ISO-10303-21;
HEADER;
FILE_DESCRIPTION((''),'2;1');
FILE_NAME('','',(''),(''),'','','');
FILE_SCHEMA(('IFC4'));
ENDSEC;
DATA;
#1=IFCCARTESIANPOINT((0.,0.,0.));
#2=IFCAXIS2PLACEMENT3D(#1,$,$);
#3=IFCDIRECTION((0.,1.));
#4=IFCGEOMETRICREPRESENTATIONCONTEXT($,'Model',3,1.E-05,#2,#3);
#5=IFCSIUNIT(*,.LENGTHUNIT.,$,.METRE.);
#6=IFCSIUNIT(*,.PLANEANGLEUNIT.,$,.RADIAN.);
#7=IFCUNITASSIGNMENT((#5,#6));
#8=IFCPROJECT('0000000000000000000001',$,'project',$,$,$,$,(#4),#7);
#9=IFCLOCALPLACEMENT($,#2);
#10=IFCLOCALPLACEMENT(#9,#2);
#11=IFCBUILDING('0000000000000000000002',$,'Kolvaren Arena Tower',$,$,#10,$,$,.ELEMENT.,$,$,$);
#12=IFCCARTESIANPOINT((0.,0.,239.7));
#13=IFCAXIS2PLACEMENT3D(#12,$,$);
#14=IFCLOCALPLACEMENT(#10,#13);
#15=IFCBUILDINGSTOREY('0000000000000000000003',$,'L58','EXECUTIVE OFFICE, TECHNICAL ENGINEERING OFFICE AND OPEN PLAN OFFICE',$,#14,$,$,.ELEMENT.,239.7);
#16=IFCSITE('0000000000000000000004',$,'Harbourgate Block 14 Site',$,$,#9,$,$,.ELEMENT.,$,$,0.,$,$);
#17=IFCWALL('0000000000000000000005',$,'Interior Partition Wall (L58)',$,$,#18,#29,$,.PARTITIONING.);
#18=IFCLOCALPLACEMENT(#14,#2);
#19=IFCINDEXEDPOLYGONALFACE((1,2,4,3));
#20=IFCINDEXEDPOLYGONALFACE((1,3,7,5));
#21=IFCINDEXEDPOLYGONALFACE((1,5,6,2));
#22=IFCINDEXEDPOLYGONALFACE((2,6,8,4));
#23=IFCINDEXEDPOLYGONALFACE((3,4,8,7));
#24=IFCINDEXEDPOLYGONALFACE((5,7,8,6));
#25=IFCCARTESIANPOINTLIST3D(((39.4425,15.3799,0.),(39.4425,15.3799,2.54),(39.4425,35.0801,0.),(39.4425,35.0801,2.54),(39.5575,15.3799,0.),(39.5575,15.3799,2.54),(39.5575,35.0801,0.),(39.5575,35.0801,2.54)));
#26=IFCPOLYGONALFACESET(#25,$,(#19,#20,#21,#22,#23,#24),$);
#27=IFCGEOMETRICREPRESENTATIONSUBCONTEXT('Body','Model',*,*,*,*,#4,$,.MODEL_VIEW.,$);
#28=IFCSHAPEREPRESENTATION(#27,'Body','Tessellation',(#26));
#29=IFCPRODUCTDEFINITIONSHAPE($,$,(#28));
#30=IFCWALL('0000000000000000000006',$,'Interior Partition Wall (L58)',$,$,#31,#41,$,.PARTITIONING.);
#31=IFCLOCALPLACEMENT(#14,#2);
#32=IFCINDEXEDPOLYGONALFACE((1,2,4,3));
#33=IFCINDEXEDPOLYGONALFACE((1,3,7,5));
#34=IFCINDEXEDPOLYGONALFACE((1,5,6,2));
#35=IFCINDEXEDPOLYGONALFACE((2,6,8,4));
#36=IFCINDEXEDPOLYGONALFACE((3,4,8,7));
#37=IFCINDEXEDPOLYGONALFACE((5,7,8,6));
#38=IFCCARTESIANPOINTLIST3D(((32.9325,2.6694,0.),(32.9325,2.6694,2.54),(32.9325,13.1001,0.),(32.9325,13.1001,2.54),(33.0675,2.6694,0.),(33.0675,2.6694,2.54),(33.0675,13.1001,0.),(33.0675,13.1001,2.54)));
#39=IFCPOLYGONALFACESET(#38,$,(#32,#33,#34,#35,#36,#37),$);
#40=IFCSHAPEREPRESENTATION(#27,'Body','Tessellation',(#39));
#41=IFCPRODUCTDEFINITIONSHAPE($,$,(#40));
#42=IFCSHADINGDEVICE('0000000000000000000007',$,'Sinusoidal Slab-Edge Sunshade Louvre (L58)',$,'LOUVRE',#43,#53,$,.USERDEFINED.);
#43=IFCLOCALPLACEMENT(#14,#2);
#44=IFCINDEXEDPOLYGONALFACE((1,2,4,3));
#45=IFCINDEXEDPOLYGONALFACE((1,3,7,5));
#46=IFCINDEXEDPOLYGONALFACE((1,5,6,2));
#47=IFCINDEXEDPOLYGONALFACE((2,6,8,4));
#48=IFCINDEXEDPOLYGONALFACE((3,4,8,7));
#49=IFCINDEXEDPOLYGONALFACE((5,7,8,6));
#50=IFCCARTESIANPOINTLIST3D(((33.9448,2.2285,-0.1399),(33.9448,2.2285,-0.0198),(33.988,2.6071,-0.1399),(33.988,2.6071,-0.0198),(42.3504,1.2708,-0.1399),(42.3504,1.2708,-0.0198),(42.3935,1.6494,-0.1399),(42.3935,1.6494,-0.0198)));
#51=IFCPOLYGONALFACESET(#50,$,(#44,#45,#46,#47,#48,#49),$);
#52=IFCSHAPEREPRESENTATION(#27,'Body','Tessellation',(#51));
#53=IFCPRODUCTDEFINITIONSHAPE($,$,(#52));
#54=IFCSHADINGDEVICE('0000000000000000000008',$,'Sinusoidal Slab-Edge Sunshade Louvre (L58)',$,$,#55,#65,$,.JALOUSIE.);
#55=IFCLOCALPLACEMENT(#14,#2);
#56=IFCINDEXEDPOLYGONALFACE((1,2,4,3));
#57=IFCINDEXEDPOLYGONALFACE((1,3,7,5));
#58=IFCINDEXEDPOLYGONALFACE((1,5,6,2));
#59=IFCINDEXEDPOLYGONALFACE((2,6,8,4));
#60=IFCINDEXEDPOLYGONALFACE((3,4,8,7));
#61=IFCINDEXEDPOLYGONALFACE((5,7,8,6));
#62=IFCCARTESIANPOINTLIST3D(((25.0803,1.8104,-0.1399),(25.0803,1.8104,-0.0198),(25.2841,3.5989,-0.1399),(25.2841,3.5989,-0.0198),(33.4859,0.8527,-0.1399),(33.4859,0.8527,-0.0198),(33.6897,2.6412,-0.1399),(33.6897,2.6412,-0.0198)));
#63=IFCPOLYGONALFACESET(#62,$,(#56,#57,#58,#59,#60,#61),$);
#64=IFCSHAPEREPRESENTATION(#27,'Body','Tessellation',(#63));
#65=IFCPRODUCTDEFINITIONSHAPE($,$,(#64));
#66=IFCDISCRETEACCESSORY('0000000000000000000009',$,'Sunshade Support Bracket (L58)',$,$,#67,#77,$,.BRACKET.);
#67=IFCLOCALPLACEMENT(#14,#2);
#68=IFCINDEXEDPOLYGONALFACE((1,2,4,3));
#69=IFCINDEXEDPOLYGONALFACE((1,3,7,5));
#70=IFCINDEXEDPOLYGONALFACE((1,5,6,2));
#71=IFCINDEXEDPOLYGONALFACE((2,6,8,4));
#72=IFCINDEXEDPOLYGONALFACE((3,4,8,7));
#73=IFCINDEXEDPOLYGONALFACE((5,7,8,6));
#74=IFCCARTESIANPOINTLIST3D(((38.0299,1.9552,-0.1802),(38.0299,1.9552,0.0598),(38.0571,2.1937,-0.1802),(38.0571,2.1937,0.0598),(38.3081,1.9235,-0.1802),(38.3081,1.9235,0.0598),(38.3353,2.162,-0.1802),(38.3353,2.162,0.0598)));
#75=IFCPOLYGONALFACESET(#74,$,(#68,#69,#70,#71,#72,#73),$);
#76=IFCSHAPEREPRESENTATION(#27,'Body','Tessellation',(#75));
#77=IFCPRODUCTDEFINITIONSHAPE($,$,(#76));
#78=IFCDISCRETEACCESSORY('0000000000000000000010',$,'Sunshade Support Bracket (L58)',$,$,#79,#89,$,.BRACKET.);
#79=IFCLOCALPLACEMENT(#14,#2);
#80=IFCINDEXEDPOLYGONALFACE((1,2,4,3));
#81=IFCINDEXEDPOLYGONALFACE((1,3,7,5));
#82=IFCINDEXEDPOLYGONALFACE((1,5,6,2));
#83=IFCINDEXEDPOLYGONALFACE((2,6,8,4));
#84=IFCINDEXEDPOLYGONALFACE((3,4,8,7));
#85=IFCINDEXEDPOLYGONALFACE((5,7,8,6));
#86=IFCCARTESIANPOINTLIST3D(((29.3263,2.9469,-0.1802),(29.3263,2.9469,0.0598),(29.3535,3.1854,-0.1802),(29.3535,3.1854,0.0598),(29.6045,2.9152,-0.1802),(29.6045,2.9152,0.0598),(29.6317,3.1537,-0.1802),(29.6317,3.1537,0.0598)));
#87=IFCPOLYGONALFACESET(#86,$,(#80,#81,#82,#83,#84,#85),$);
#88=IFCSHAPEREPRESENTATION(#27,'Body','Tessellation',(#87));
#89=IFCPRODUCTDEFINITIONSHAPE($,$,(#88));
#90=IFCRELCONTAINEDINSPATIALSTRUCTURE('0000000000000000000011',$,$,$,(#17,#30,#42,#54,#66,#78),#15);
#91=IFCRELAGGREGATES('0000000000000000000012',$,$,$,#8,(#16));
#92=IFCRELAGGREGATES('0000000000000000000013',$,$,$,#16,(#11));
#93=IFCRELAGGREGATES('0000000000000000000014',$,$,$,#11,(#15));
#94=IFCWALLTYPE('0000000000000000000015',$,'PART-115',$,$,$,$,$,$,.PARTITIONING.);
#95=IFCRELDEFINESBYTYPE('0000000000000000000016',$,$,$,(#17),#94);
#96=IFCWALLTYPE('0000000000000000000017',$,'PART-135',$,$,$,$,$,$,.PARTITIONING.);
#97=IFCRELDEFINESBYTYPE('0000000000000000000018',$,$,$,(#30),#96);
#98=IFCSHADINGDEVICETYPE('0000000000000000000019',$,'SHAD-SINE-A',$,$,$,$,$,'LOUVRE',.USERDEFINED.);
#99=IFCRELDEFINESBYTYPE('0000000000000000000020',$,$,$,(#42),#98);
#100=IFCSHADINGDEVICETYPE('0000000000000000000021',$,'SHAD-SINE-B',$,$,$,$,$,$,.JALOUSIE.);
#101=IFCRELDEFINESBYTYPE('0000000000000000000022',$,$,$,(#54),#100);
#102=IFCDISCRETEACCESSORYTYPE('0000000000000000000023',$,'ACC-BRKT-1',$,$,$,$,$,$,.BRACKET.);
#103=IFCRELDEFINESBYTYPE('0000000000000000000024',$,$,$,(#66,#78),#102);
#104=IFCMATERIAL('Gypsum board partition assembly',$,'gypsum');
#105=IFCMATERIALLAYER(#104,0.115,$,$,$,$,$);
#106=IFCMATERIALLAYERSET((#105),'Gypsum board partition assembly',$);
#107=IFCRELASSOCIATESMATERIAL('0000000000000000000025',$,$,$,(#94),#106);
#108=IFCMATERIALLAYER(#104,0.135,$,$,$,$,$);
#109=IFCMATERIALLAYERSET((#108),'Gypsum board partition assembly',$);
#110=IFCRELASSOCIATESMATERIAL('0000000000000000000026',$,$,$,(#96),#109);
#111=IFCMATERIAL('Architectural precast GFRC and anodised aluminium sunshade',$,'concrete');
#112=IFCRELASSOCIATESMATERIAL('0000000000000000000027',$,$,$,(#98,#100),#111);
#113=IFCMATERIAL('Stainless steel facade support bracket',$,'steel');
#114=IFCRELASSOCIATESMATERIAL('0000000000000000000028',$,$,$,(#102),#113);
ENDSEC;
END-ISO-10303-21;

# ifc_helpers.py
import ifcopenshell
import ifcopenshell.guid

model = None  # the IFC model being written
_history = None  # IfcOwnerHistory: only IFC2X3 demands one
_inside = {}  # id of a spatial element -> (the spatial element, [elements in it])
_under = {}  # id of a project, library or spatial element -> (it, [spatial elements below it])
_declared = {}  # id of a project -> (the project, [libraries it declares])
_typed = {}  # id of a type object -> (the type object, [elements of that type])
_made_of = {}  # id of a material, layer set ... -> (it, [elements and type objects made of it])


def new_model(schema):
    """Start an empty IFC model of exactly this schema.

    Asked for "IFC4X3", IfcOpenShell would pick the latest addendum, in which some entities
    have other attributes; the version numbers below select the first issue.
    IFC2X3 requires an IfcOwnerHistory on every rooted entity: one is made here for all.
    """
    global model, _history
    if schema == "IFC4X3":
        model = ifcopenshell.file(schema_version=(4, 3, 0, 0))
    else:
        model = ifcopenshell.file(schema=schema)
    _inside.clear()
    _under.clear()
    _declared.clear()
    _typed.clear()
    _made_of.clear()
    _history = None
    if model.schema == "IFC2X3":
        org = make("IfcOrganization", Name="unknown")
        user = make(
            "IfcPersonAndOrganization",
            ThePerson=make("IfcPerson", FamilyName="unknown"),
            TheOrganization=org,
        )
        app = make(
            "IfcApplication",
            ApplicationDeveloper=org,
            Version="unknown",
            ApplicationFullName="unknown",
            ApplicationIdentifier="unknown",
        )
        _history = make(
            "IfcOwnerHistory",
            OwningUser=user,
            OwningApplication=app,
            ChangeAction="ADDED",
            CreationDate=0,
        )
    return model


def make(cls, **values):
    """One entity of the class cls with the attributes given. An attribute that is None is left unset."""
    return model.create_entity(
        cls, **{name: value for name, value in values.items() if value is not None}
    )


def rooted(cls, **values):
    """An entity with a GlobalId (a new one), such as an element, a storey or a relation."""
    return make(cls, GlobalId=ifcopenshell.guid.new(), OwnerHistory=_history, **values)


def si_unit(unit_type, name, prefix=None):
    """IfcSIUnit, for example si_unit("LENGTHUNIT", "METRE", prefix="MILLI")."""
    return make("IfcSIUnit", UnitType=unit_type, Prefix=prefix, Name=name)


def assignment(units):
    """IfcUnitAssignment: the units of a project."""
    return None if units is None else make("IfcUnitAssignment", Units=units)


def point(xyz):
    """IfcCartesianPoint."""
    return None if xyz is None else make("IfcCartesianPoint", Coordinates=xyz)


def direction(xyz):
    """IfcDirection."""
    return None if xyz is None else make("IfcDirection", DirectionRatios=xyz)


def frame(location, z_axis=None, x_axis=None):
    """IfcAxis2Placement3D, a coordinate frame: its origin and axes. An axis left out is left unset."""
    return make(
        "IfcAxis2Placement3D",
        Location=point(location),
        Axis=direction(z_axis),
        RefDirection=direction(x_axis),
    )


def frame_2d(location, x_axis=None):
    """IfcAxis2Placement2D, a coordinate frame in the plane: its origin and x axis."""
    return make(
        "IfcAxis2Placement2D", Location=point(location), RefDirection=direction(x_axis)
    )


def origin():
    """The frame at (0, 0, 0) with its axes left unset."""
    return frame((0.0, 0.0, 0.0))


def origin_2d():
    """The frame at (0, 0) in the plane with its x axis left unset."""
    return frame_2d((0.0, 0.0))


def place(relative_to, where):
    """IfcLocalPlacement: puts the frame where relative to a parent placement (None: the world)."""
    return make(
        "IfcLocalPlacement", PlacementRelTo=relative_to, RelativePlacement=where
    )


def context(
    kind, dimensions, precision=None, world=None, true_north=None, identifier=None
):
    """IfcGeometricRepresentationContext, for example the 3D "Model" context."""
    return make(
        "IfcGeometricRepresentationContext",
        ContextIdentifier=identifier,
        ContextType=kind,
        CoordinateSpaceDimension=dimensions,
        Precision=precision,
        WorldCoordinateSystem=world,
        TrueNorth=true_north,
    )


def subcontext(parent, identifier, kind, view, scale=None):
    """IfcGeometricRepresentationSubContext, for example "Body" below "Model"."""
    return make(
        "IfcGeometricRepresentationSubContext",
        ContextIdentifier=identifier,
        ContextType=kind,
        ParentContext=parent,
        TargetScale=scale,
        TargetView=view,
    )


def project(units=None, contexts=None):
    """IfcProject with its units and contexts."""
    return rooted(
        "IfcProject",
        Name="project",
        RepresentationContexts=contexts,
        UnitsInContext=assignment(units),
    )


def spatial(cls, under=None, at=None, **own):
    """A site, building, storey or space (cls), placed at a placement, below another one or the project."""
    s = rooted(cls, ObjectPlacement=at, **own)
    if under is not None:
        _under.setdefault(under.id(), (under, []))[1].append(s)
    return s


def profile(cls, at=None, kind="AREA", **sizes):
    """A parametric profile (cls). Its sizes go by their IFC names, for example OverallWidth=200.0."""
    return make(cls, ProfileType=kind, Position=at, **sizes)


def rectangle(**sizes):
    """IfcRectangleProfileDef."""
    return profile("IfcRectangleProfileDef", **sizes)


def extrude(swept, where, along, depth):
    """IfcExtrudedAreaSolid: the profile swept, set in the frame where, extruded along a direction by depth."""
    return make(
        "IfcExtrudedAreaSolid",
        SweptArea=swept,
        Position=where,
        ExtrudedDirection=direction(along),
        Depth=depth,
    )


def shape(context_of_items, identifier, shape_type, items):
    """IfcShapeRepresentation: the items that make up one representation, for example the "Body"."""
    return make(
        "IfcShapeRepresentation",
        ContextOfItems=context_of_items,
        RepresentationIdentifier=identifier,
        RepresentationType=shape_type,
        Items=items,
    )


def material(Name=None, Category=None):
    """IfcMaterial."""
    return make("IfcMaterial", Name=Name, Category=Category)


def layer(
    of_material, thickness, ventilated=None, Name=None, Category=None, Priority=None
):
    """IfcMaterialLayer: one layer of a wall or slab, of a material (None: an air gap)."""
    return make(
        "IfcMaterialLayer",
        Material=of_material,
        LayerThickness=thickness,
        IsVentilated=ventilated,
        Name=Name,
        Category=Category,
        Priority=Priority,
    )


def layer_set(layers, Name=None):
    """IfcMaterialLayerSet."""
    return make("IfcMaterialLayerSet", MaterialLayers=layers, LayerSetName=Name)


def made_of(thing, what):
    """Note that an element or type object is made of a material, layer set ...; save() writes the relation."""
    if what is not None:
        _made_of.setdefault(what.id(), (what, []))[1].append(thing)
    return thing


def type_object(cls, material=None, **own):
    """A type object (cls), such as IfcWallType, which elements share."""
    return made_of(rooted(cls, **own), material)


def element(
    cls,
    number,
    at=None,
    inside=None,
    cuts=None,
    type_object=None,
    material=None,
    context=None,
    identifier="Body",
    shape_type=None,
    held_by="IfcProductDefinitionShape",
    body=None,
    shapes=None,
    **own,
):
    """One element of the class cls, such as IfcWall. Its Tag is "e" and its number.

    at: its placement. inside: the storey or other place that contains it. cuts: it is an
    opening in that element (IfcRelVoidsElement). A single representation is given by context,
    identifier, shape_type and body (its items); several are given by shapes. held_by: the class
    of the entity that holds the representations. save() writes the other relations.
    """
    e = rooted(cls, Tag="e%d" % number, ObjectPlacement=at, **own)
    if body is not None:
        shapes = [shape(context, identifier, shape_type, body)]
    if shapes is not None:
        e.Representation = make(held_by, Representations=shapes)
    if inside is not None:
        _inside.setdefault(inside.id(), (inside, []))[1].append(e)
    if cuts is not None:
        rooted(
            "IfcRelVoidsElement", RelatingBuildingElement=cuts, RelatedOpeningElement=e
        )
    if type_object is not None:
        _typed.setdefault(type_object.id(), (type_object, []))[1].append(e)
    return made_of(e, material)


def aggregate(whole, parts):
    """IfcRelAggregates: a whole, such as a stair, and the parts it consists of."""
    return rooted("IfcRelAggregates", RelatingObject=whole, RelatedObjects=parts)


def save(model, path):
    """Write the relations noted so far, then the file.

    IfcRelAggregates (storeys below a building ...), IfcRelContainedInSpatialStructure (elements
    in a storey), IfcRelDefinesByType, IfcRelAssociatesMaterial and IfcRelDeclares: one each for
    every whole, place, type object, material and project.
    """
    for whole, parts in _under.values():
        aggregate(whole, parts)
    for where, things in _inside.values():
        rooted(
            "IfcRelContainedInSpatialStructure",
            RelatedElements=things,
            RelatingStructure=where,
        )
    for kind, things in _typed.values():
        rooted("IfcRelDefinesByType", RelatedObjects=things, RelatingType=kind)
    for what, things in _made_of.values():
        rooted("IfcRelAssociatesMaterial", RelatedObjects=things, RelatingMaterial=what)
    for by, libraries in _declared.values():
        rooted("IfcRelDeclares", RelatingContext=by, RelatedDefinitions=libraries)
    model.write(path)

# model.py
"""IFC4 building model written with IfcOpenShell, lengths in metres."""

from ifc_helpers import new_model, si_unit, direction, frame, frame_2d, origin, origin_2d, place, context, subcontext, project, spatial, rectangle, extrude, material, layer, layer_set, type_object, element, save


model = new_model("IFC4")

# Units and contexts
model_context = context("Model", 3, precision=1e-05, world=origin(), true_north=direction((0.0, 1.0)))
body_context = subcontext(model_context, "Body", "Model", "MODEL_VIEW")
ifc_project = project(units=[si_unit("LENGTHUNIT", "METRE"), si_unit("PLANEANGLEUNIT", "RADIAN")], contexts=[model_context])

# Site, building, storey
site_placement = place(None, origin())
site = spatial("IfcSite", under=ifc_project, at=site_placement, Name="Harbourgate Block 14 Site", CompositionType="ELEMENT", RefElevation=0.0)
building_placement = place(site_placement, origin())
building = spatial("IfcBuilding", under=site, at=building_placement, Name="Kolvaren Arena Tower", CompositionType="ELEMENT")
storey_placement = place(building_placement, frame((0.0, 0.0, 239.7)))
storey = spatial("IfcBuildingStorey", under=building, at=storey_placement, Name="L58", Description="EXECUTIVE OFFICE, TECHNICAL ENGINEERING OFFICE AND OPEN PLAN OFFICE", CompositionType="ELEMENT", Elevation=239.7)

# Walls
ifc_material_1 = material(Name="Gypsum board partition assembly", Category="gypsum")
ifc_layer_1 = layer(ifc_material_1, 0.115)
ifc_layer_set_1 = layer_set([ifc_layer_1], Name="Gypsum board partition assembly")
wall_type_1 = type_object("IfcWallType", Name="PART-115", PredefinedType="PARTITIONING", material=ifc_layer_set_1)
wall_1_placement = place(storey_placement, frame((39.5, 15.3799, 0.0), z_axis=(0.0, 0.0, 1.0), x_axis=(0.0, 1.0, 0.0)))
element("IfcWall", 1, at=wall_1_placement, inside=storey, type_object=wall_type_1, Name="Interior Partition Wall (L58)", PredefinedType="PARTITIONING", context=body_context, shape_type="SweptSolid", body=[
    extrude(rectangle(XDim=19.7002, YDim=0.115, at=frame_2d((9.8501, 0.0))), origin(), (0.0, 0.0, 1.0), 2.54),
])
ifc_layer_2 = layer(ifc_material_1, 0.135)
ifc_layer_set_2 = layer_set([ifc_layer_2], Name="Gypsum board partition assembly")
wall_type_2 = type_object("IfcWallType", Name="PART-135", PredefinedType="PARTITIONING", material=ifc_layer_set_2)
wall_2_placement = place(storey_placement, frame((33.0, 2.6694, 0.0), z_axis=(0.0, 0.0, 1.0), x_axis=(0.0, 1.0, 0.0)))
element("IfcWall", 2, at=wall_2_placement, inside=storey, type_object=wall_type_2, Name="Interior Partition Wall (L58)", PredefinedType="PARTITIONING", context=body_context, shape_type="SweptSolid", body=[
    extrude(rectangle(XDim=10.4307, YDim=0.135, at=frame_2d((5.2153, 0.0))), origin(), (0.0, 0.0, 1.0), 2.54),
])

# Shading devices
ifc_material_2 = material(Name="Architectural precast GFRC and anodised aluminium sunshade", Category="concrete")
shading_device_type_1 = type_object("IfcShadingDeviceType", Name="SHAD-SINE-A", ElementType="LOUVRE", PredefinedType="USERDEFINED", material=ifc_material_2)
shading_device_1_placement = place(storey_placement, frame((38.1692, 1.939, -0.1399), z_axis=(0.0, 0.0, 1.0), x_axis=(-0.993572, 0.113205, 0.0)))
element("IfcShadingDevice", 3, at=shading_device_1_placement, inside=storey, type_object=shading_device_type_1, Name="Sinusoidal Slab-Edge Sunshade Louvre (L58)", ObjectType="LOUVRE", PredefinedType="USERDEFINED", context=body_context, shape_type="SweptSolid", body=[
    extrude(rectangle(XDim=8.46, YDim=0.3811, at=origin_2d()), origin(), (0.0, 0.0, 1.0), 0.1201),
])
shading_device_type_2 = type_object("IfcShadingDeviceType", Name="SHAD-SINE-B", PredefinedType="JALOUSIE", material=ifc_material_2)
shading_device_2_placement = place(storey_placement, frame((29.385, 2.2258, -0.1399), z_axis=(0.0, 0.0, 1.0), x_axis=(-0.993572, 0.113205, 0.0)))
element("IfcShadingDevice", 4, at=shading_device_2_placement, inside=storey, type_object=shading_device_type_2, Name="Sinusoidal Slab-Edge Sunshade Louvre (L58)", PredefinedType="JALOUSIE", context=body_context, shape_type="SweptSolid", body=[
    extrude(rectangle(XDim=8.46, YDim=1.8, at=origin_2d()), origin(), (0.0, 0.0, 1.0), 0.1201),
])

# Discrete accessories
ifc_material_3 = material(Name="Stainless steel facade support bracket", Category="steel")
discrete_accessory_type = type_object("IfcDiscreteAccessoryType", Name="ACC-BRKT-1", PredefinedType="BRACKET", material=ifc_material_3)
for number, where, z_axis, x_axis, name in (
    (5, (38.1826, 2.0586, -0.1802), (0.0, 0.0, 1.0), (-0.993572, 0.113205, 0.0), "Sunshade Support Bracket (L58)"),
    (6, (29.479, 3.0503, -0.1802), (0.0, 0.0, 1.0), (-0.993572, 0.113205, 0.0), "Sunshade Support Bracket (L58)"),
):
    element("IfcDiscreteAccessory", number, at=place(storey_placement, frame(where, z_axis=z_axis, x_axis=x_axis)), inside=storey, type_object=discrete_accessory_type, Name=name, PredefinedType="BRACKET", context=body_context, shape_type="SweptSolid", body=[
        extrude(rectangle(XDim=0.28, YDim=0.24, at=origin_2d()), origin(), (0.0, 0.0, 1.0), 0.24),
    ])

save(model, "model.ifc")
